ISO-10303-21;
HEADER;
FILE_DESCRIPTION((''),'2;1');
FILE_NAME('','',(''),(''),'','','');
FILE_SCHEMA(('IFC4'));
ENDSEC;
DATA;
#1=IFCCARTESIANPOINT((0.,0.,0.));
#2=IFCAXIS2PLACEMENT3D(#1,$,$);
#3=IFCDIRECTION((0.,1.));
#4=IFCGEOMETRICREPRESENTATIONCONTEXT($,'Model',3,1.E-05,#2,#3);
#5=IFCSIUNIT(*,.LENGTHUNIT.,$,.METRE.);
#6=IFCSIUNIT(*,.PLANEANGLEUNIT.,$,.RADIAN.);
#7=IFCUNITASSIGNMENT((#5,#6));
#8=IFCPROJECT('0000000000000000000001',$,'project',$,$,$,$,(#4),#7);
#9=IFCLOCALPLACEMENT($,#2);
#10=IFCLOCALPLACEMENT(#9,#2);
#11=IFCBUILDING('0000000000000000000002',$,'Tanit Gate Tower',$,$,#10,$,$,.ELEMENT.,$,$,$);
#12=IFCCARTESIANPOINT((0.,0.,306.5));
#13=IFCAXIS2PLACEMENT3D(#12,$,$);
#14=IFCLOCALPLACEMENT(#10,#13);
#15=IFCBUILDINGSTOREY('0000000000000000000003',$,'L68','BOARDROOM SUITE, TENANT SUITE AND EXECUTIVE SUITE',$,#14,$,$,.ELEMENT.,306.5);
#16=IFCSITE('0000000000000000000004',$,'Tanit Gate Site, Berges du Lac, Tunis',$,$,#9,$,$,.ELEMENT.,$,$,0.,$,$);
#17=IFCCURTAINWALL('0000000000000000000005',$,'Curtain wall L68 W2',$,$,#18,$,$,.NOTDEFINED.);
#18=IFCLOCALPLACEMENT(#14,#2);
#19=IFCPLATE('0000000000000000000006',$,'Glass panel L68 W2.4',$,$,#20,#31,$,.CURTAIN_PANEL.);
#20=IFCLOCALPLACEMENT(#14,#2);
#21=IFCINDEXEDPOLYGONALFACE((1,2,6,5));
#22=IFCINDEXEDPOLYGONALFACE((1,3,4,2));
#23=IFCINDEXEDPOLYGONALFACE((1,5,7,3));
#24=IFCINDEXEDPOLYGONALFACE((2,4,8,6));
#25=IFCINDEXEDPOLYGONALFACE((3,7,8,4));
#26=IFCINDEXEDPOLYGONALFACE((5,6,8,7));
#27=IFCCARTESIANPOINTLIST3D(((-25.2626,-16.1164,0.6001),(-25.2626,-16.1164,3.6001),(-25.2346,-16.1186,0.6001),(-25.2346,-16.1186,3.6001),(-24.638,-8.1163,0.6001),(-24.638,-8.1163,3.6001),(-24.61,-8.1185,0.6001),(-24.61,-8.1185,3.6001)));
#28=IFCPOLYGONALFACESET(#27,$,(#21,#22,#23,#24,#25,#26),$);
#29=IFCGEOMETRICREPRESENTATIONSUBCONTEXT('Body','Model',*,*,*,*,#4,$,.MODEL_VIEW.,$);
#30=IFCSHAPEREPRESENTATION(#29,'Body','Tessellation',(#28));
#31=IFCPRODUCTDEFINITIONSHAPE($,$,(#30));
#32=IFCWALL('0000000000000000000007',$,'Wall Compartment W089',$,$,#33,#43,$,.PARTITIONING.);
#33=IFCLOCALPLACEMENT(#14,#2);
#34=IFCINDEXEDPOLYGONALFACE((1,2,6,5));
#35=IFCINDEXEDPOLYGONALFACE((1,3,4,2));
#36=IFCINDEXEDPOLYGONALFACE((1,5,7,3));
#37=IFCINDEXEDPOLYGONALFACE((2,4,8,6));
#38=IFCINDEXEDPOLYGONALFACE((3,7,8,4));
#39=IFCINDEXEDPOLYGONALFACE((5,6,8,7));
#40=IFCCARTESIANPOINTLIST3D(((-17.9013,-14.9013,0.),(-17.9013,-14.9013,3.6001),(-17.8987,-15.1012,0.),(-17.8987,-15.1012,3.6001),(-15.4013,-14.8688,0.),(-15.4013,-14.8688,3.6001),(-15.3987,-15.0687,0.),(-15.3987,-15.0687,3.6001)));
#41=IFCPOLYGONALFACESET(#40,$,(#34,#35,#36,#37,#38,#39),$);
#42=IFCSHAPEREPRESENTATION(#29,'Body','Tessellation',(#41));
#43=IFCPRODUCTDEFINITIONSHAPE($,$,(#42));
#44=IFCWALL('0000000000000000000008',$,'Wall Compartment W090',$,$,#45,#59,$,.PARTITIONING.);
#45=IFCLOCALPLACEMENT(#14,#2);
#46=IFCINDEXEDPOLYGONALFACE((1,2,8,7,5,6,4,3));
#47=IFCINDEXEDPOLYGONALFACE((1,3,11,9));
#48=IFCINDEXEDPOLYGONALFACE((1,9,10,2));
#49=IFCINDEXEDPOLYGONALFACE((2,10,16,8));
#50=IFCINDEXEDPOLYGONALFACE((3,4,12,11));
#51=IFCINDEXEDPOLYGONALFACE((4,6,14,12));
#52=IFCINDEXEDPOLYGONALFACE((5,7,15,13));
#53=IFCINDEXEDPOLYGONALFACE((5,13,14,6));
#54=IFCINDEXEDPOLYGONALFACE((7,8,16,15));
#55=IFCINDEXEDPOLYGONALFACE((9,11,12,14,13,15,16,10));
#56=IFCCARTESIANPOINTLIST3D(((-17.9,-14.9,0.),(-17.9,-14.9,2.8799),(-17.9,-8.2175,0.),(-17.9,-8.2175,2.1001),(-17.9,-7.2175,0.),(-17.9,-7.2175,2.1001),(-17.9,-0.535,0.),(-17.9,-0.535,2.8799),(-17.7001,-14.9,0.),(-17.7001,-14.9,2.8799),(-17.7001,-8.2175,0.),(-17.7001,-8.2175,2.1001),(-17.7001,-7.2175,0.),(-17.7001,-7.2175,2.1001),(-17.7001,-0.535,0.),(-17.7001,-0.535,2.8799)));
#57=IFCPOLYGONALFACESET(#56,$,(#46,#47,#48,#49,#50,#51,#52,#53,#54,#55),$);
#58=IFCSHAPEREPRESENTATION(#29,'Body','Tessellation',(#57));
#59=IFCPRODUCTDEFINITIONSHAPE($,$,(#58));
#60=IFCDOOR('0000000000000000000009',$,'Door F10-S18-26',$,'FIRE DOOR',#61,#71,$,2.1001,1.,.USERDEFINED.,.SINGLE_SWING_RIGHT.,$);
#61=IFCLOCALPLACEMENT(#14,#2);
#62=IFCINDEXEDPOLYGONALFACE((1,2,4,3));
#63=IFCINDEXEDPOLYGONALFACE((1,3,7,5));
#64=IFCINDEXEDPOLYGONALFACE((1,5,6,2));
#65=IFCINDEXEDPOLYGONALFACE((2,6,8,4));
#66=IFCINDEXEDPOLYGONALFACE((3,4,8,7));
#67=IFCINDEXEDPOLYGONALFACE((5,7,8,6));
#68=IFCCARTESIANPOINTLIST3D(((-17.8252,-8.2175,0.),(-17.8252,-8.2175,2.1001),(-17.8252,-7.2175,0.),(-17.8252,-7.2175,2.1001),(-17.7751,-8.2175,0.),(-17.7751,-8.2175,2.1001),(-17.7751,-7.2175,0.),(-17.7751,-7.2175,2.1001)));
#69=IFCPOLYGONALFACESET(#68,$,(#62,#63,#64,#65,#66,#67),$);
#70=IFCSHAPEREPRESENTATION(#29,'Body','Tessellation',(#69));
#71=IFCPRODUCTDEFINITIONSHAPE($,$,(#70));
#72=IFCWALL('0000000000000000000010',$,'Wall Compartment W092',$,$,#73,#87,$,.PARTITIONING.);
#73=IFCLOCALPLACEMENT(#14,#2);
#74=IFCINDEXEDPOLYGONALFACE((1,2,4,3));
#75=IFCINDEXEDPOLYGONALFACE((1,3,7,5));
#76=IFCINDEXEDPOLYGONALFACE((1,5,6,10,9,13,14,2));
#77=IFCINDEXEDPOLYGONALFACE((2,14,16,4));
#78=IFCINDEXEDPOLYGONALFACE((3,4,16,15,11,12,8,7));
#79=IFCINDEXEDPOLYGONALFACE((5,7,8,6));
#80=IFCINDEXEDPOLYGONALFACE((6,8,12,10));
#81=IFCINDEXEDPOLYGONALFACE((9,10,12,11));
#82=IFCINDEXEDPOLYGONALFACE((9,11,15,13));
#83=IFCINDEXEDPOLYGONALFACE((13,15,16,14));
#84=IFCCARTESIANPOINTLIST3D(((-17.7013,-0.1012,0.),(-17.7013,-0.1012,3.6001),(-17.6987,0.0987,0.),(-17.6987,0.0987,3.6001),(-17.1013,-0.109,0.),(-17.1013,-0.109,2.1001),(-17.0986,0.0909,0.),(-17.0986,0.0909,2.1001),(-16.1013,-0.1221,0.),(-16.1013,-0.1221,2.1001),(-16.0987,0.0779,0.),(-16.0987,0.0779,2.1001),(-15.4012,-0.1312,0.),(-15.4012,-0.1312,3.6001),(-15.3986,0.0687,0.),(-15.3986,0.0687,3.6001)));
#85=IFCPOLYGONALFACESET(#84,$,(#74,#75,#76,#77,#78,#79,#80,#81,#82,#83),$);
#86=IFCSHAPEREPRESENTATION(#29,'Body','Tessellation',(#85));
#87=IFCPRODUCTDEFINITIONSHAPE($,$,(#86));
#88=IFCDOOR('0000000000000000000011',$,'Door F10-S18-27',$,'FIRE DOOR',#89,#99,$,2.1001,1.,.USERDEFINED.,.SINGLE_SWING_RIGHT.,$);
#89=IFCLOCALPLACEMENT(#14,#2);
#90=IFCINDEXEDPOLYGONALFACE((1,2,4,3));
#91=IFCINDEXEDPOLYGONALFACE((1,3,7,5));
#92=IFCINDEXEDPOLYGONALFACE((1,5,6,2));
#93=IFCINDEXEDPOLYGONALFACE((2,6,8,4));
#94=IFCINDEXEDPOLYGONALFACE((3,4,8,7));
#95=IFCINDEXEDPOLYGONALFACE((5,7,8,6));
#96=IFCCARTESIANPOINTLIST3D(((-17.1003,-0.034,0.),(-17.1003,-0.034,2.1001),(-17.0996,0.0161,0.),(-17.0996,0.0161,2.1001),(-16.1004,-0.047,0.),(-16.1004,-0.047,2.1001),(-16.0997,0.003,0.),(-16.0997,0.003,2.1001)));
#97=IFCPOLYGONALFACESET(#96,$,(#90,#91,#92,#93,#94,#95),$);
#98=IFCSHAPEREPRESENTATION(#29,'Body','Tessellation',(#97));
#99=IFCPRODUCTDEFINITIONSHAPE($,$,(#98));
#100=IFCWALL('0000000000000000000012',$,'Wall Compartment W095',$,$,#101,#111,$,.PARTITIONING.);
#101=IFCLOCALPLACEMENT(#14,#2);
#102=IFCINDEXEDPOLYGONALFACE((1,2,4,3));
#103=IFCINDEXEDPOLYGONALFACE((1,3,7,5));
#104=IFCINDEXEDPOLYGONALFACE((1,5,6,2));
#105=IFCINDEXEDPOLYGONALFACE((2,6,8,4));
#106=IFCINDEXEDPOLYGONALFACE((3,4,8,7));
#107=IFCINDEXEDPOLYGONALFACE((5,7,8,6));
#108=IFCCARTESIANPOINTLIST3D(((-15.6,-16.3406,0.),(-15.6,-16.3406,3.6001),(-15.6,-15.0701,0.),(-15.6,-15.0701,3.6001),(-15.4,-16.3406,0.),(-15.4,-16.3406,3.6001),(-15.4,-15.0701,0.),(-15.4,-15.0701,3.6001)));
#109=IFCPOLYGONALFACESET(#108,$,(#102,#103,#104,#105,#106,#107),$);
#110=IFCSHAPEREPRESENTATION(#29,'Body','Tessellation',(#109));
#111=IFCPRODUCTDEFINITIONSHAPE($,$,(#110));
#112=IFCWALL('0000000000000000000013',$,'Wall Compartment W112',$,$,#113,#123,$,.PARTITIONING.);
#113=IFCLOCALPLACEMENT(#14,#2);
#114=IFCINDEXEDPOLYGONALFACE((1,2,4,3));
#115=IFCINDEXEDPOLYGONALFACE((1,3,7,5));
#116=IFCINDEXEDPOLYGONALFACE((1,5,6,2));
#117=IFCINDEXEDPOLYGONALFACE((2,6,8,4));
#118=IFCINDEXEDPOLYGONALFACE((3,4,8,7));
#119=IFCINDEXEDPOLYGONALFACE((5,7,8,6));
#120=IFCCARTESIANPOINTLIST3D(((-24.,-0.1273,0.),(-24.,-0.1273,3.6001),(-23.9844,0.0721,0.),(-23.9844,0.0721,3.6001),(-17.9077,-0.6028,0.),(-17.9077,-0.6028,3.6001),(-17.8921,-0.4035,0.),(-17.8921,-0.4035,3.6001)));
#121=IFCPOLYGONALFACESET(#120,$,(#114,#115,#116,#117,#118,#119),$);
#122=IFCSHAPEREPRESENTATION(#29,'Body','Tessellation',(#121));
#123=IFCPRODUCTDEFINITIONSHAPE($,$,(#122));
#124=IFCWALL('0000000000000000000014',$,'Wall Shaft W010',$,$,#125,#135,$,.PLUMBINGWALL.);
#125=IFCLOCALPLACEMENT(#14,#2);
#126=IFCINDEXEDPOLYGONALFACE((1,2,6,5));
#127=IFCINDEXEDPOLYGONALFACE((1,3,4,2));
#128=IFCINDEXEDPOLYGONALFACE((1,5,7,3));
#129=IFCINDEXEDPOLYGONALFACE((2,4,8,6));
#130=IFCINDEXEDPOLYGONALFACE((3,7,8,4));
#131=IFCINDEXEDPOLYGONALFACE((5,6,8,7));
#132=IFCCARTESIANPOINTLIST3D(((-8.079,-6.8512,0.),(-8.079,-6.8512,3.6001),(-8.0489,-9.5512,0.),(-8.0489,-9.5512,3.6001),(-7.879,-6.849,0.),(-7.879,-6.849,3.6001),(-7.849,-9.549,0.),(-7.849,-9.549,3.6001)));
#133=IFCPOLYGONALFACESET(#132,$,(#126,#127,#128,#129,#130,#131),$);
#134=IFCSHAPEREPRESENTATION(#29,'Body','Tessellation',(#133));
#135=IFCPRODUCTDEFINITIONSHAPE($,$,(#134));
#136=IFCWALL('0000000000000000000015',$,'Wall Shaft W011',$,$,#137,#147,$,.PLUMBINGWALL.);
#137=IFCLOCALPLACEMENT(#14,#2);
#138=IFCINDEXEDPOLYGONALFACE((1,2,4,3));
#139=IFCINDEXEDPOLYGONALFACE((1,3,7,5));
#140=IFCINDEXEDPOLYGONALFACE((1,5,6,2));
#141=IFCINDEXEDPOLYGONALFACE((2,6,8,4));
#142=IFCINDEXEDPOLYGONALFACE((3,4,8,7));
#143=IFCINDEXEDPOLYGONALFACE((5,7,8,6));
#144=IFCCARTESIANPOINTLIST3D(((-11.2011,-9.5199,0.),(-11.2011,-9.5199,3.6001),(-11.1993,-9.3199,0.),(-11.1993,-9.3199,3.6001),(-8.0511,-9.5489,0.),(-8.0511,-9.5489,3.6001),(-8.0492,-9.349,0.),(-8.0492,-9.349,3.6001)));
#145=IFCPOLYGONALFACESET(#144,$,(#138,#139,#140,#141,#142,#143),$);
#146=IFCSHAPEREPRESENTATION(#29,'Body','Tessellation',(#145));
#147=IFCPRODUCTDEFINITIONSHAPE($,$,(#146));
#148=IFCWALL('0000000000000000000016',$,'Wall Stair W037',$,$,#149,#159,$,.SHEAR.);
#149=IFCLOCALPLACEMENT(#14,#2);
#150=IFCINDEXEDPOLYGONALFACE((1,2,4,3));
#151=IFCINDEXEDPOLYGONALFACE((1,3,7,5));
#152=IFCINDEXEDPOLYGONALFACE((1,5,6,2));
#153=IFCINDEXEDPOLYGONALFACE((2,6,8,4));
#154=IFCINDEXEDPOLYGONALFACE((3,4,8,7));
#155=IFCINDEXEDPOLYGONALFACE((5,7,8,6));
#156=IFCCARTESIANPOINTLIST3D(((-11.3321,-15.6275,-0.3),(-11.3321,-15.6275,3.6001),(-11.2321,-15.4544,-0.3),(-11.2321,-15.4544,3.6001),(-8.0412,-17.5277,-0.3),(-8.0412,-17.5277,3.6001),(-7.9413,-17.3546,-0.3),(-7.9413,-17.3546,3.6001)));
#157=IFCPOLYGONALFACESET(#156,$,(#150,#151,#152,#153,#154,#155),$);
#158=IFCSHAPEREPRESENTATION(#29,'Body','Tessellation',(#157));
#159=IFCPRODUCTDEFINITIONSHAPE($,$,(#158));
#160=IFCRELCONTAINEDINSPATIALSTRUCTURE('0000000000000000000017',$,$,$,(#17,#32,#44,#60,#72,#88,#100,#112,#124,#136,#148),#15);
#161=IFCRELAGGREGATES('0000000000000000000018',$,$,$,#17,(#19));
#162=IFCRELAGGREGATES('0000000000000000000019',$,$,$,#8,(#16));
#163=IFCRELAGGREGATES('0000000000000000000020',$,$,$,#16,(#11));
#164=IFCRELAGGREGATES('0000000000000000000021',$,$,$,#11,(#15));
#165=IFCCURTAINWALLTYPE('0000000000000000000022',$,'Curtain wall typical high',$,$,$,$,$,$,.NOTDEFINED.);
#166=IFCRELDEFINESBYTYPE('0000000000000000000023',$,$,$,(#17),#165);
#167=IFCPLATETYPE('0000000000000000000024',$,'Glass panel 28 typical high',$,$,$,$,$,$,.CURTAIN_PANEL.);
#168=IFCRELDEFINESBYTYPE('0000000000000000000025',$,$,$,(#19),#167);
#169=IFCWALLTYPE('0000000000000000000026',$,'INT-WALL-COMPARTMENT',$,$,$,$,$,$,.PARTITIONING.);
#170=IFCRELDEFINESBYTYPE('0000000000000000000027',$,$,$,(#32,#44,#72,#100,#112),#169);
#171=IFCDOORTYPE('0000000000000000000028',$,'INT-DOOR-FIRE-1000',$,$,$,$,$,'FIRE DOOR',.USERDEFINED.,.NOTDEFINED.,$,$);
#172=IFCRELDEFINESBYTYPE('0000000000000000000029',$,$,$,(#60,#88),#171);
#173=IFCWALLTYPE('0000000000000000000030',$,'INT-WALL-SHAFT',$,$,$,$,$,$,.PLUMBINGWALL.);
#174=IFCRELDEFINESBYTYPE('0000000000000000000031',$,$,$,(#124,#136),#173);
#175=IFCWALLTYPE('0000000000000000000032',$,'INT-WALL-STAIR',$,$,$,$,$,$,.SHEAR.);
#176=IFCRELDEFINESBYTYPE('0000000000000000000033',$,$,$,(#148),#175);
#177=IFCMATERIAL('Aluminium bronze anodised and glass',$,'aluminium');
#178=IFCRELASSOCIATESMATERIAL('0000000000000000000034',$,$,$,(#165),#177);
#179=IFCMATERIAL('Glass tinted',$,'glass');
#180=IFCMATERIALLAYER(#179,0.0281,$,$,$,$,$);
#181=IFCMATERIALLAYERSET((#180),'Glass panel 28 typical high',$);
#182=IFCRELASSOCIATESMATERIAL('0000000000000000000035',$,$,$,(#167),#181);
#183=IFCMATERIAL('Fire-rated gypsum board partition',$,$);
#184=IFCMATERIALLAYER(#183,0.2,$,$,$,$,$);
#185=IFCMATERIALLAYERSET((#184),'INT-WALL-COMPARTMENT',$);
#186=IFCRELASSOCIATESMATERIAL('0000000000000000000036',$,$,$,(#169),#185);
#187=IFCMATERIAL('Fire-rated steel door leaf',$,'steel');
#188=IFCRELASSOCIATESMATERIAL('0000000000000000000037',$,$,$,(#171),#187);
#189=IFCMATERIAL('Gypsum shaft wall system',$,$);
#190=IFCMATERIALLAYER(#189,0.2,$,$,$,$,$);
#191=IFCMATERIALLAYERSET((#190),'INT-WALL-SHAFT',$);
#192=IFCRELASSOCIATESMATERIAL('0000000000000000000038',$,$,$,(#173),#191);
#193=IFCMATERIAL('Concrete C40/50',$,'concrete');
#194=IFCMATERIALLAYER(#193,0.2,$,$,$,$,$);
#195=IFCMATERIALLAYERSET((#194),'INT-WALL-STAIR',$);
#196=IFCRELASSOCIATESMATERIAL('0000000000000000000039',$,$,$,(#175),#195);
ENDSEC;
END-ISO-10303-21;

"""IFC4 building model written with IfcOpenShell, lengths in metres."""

from ifc_helpers import new_model, si_unit, direction, frame, frame_2d, origin, origin_2d, place, context, subcontext, project, spatial, rectangle, extrude, material, layer, layer_set, type_object, element, fill, aggregate, save


model = new_model("IFC4")

# Units and contexts
model_context = context("Model", 3, precision=1e-05, world=origin(), true_north=direction((0.0, 1.0)))
body_context = subcontext(model_context, "Body", "Model", "MODEL_VIEW")
ifc_project = project(units=[si_unit("LENGTHUNIT", "METRE"), si_unit("PLANEANGLEUNIT", "RADIAN")], contexts=[model_context])

# Site, building, storey
site_placement = place(None, origin())
site = spatial("IfcSite", under=ifc_project, at=site_placement, Name="Tanit Gate Site, Berges du Lac, Tunis", CompositionType="ELEMENT", RefElevation=0.0)
building_placement = place(site_placement, origin())
building = spatial("IfcBuilding", under=site, at=building_placement, Name="Tanit Gate Tower", CompositionType="ELEMENT")
storey_placement = place(building_placement, frame((0.0, 0.0, 306.5)))
storey = spatial("IfcBuildingStorey", under=building, at=storey_placement, Name="L68", Description="BOARDROOM SUITE, TENANT SUITE AND EXECUTIVE SUITE", CompositionType="ELEMENT", Elevation=306.5)

# Curtain wall
ifc_material_1 = material(Name="Aluminium bronze anodised and glass", Category="aluminium")
curtain_wall_type = type_object("IfcCurtainWallType", Name="Curtain wall typical high", PredefinedType="NOTDEFINED", material=ifc_material_1)
curtain_wall_placement = place(storey_placement, origin())
curtain_wall = element("IfcCurtainWall", 1, at=curtain_wall_placement, inside=storey, type_object=curtain_wall_type, Name="Curtain wall L68 W2", PredefinedType="NOTDEFINED")

# Plate
ifc_material_2 = material(Name="Glass tinted", Category="glass")
ifc_layer_1 = layer(ifc_material_2, 0.0281)
ifc_layer_set_1 = layer_set([ifc_layer_1], Name="Glass panel 28 typical high")
plate_type = type_object("IfcPlateType", Name="Glass panel 28 typical high", PredefinedType="CURTAIN_PANEL", material=ifc_layer_set_1)
plate_1_placement = place(storey_placement, frame((-24.9363, -12.1174, 0.6001), z_axis=(0.0, 0.0, 1.0), x_axis=(-0.077839, -0.996966, 0.0)))
plate_1 = element("IfcPlate", 2, at=plate_1_placement, type_object=plate_type, Name="Glass panel L68 W2.4", PredefinedType="CURTAIN_PANEL", context=body_context, shape_type="SweptSolid", body=[
    extrude(rectangle(XDim=8.0244, YDim=0.0281, at=origin_2d()), origin(), (0.0, 0.0, 1.0), 3.0),
])
aggregate(curtain_wall, [plate_1])

# Wall
ifc_material_3 = material(Name="Fire-rated gypsum board partition")
ifc_layer_2 = layer(ifc_material_3, 0.2)
ifc_layer_set_2 = layer_set([ifc_layer_2], Name="INT-WALL-COMPARTMENT")
wall_type_1 = type_object("IfcWallType", Name="INT-WALL-COMPARTMENT", PredefinedType="PARTITIONING", material=ifc_layer_set_2)
wall_1_placement = place(storey_placement, frame((-17.8999, -15.0012, 0.0), z_axis=(0.0, 0.0, 1.0), x_axis=(0.999916, 0.012987, 0.0)))
element("IfcWall", 3, at=wall_1_placement, inside=storey, type_object=wall_type_1, Name="Wall Compartment W089", PredefinedType="PARTITIONING", context=body_context, shape_type="SweptSolid", body=[
    extrude(rectangle(XDim=2.5002, YDim=0.2, at=frame_2d((1.25, 0.0))), origin(), (0.0, 0.0, 1.0), 3.6001),
])

# Walls, openings, doors
wall_2_placement = place(storey_placement, frame((-17.8, -0.5349, 0.0), z_axis=(0.0, 0.0, 1.0), x_axis=(0.0, -1.0, 0.0)))
wall_2 = element("IfcWall", 4, at=wall_2_placement, inside=storey, type_object=wall_type_1, Name="Wall Compartment W090", PredefinedType="PARTITIONING", context=body_context, shape_type="SweptSolid", body=[
    extrude(rectangle(XDim=14.365, YDim=0.2, at=frame_2d((7.1826, 0.0))), origin(), (0.0, 0.0, 1.0), 2.8799),
])
opening_1_placement = place(wall_2_placement, frame((6.6826, 0.0, 0.0)))
opening_1 = element("IfcOpeningElement", 5, at=opening_1_placement, cuts=wall_2, PredefinedType="OPENING", context=body_context, shape_type="SweptSolid", body=[
    extrude(rectangle(XDim=1.0, YDim=2.1001, at=frame_2d((0.5, 1.05))), frame((0.0, 0.1099, 0.0), z_axis=(0.0, -1.0, 0.0), x_axis=(1.0, 0.0, 0.0)), (0.0, 0.0, 1.0), 0.22),
])
ifc_material_4 = material(Name="Fire-rated steel door leaf", Category="steel")
door_type = type_object("IfcDoorType", Name="INT-DOOR-FIRE-1000", ElementType="FIRE DOOR", OperationType="NOTDEFINED", PredefinedType="USERDEFINED", material=ifc_material_4)
door_1_placement = place(opening_1_placement, origin())
door_1 = element("IfcDoor", 6, at=door_1_placement, inside=storey, type_object=door_type, Name="Door F10-S18-26", ObjectType="FIRE DOOR", OperationType="SINGLE_SWING_RIGHT", OverallHeight=2.1001, OverallWidth=1.0, PredefinedType="USERDEFINED", context=body_context, shape_type="SweptSolid", body=[
    extrude(rectangle(XDim=1.0, YDim=2.1001, at=frame_2d((0.5, 1.05))), frame((0.0, 0.0249, 0.0), z_axis=(0.0, -1.0, 0.0), x_axis=(1.0, 0.0, 0.0)), (0.0, 0.0, 1.0), 0.05),
])
fill(opening_1, door_1)
wall_3_placement = place(storey_placement, frame((-15.3999, -0.0312, 0.0), z_axis=(0.0, 0.0, 1.0), x_axis=(-0.999915, 0.013055, 0.0)))
wall_3 = element("IfcWall", 7, at=wall_3_placement, inside=storey, type_object=wall_type_1, Name="Wall Compartment W092", PredefinedType="PARTITIONING", context=body_context, shape_type="SweptSolid", body=[
    extrude(rectangle(XDim=2.3003, YDim=0.2, at=frame_2d((1.1501, 0.0))), origin(), (0.0, 0.0, 1.0), 3.6001),
])
opening_2_placement = place(wall_3_placement, frame((0.7002, 0.0, 0.0)))
opening_2 = element("IfcOpeningElement", 8, at=opening_2_placement, cuts=wall_3, PredefinedType="OPENING", context=body_context, shape_type="SweptSolid", body=[
    extrude(rectangle(XDim=1.0, YDim=2.1001, at=frame_2d((0.5, 1.05))), frame((0.0, 0.1099, 0.0), z_axis=(0.0, -1.0, 0.0), x_axis=(1.0, 0.0, 0.0)), (0.0, 0.0, 1.0), 0.22),
])
door_2_placement = place(opening_2_placement, origin())
door_2 = element("IfcDoor", 9, at=door_2_placement, inside=storey, type_object=door_type, Name="Door F10-S18-27", ObjectType="FIRE DOOR", OperationType="SINGLE_SWING_RIGHT", OverallHeight=2.1001, OverallWidth=1.0, PredefinedType="USERDEFINED", context=body_context, shape_type="SweptSolid", body=[
    extrude(rectangle(XDim=1.0, YDim=2.1001, at=frame_2d((0.5, 1.05))), frame((0.0, 0.0249, 0.0), z_axis=(0.0, -1.0, 0.0), x_axis=(1.0, 0.0, 0.0)), (0.0, 0.0, 1.0), 0.05),
])
fill(opening_2, door_2)

# Walls
wall_4_placement = place(storey_placement, frame((-15.5, -15.0701, 0.0), z_axis=(0.0, 0.0, 1.0), x_axis=(0.0, -1.0, 0.0)))
element("IfcWall", 10, at=wall_4_placement, inside=storey, type_object=wall_type_1, Name="Wall Compartment W095", PredefinedType="PARTITIONING", context=body_context, shape_type="SweptSolid", body=[
    extrude(rectangle(XDim=1.2705, YDim=0.2, at=frame_2d((0.6353, 0.0))), origin(), (0.0, 0.0, 1.0), 3.6001),
])
wall_5_placement = place(storey_placement, frame((-23.9922, -0.0276, 0.0), z_axis=(0.0, 0.0, 1.0), x_axis=(0.996967, -0.077827, 0.0)))
element("IfcWall", 11, at=wall_5_placement, inside=storey, type_object=wall_type_1, Name="Wall Compartment W112", PredefinedType="PARTITIONING", context=body_context, shape_type="SweptSolid", body=[
    extrude(rectangle(XDim=6.1108, YDim=0.2, at=frame_2d((3.0554, 0.0))), origin(), (0.0, 0.0, 1.0), 3.6001),
])
ifc_material_5 = material(Name="Gypsum shaft wall system")
ifc_layer_3 = layer(ifc_material_5, 0.2)
ifc_layer_set_3 = layer_set([ifc_layer_3], Name="INT-WALL-SHAFT")
wall_type_2 = type_object("IfcWallType", Name="INT-WALL-SHAFT", PredefinedType="PLUMBINGWALL", material=ifc_layer_set_3)
wall_6_placement = place(storey_placement, frame((-7.979, -6.8501, 0.0), z_axis=(0.0, 0.0, 1.0), x_axis=(0.011121, -0.999938, 0.0)))
element("IfcWall", 12, at=wall_6_placement, inside=storey, type_object=wall_type_2, Name="Wall Shaft W010", PredefinedType="PLUMBINGWALL", context=body_context, shape_type="SweptSolid", body=[
    extrude(rectangle(XDim=2.7002, YDim=0.2, at=frame_2d((1.3501, 0.0))), origin(), (0.0, 0.0, 1.0), 3.6001),
])
wall_7_placement = place(storey_placement, frame((-8.05, -9.449, 0.0), z_axis=(0.0, 0.0, 1.0), x_axis=(-0.999957, 0.009223, 0.0)))
element("IfcWall", 13, at=wall_7_placement, inside=storey, type_object=wall_type_2, Name="Wall Shaft W011", PredefinedType="PLUMBINGWALL", context=body_context, shape_type="SweptSolid", body=[
    extrude(rectangle(XDim=3.1501, YDim=0.2, at=frame_2d((1.5752, 0.0))), origin(), (0.0, 0.0, 1.0), 3.6001),
])
ifc_material_6 = material(Name="Concrete C40/50", Category="concrete")
ifc_layer_4 = layer(ifc_material_6, 0.2)
ifc_layer_set_4 = layer_set([ifc_layer_4], Name="INT-WALL-STAIR")
wall_type_3 = type_object("IfcWallType", Name="INT-WALL-STAIR", PredefinedType="SHEAR", material=ifc_layer_set_4)
wall_8_placement = place(storey_placement, frame((-11.282, -15.541, -0.3), z_axis=(0.0, 0.0, 1.0), x_axis=(0.866, -0.500043, 0.0)))
element("IfcWall", 14, at=wall_8_placement, inside=storey, type_object=wall_type_3, Name="Wall Stair W037", PredefinedType="SHEAR", context=body_context, shape_type="SweptSolid", body=[
    extrude(rectangle(XDim=3.8, YDim=0.2, at=frame_2d((1.8999, 0.0))), origin(), (0.0, 0.0, 1.0), 3.9001),
])

save(model, "model.ifc")
